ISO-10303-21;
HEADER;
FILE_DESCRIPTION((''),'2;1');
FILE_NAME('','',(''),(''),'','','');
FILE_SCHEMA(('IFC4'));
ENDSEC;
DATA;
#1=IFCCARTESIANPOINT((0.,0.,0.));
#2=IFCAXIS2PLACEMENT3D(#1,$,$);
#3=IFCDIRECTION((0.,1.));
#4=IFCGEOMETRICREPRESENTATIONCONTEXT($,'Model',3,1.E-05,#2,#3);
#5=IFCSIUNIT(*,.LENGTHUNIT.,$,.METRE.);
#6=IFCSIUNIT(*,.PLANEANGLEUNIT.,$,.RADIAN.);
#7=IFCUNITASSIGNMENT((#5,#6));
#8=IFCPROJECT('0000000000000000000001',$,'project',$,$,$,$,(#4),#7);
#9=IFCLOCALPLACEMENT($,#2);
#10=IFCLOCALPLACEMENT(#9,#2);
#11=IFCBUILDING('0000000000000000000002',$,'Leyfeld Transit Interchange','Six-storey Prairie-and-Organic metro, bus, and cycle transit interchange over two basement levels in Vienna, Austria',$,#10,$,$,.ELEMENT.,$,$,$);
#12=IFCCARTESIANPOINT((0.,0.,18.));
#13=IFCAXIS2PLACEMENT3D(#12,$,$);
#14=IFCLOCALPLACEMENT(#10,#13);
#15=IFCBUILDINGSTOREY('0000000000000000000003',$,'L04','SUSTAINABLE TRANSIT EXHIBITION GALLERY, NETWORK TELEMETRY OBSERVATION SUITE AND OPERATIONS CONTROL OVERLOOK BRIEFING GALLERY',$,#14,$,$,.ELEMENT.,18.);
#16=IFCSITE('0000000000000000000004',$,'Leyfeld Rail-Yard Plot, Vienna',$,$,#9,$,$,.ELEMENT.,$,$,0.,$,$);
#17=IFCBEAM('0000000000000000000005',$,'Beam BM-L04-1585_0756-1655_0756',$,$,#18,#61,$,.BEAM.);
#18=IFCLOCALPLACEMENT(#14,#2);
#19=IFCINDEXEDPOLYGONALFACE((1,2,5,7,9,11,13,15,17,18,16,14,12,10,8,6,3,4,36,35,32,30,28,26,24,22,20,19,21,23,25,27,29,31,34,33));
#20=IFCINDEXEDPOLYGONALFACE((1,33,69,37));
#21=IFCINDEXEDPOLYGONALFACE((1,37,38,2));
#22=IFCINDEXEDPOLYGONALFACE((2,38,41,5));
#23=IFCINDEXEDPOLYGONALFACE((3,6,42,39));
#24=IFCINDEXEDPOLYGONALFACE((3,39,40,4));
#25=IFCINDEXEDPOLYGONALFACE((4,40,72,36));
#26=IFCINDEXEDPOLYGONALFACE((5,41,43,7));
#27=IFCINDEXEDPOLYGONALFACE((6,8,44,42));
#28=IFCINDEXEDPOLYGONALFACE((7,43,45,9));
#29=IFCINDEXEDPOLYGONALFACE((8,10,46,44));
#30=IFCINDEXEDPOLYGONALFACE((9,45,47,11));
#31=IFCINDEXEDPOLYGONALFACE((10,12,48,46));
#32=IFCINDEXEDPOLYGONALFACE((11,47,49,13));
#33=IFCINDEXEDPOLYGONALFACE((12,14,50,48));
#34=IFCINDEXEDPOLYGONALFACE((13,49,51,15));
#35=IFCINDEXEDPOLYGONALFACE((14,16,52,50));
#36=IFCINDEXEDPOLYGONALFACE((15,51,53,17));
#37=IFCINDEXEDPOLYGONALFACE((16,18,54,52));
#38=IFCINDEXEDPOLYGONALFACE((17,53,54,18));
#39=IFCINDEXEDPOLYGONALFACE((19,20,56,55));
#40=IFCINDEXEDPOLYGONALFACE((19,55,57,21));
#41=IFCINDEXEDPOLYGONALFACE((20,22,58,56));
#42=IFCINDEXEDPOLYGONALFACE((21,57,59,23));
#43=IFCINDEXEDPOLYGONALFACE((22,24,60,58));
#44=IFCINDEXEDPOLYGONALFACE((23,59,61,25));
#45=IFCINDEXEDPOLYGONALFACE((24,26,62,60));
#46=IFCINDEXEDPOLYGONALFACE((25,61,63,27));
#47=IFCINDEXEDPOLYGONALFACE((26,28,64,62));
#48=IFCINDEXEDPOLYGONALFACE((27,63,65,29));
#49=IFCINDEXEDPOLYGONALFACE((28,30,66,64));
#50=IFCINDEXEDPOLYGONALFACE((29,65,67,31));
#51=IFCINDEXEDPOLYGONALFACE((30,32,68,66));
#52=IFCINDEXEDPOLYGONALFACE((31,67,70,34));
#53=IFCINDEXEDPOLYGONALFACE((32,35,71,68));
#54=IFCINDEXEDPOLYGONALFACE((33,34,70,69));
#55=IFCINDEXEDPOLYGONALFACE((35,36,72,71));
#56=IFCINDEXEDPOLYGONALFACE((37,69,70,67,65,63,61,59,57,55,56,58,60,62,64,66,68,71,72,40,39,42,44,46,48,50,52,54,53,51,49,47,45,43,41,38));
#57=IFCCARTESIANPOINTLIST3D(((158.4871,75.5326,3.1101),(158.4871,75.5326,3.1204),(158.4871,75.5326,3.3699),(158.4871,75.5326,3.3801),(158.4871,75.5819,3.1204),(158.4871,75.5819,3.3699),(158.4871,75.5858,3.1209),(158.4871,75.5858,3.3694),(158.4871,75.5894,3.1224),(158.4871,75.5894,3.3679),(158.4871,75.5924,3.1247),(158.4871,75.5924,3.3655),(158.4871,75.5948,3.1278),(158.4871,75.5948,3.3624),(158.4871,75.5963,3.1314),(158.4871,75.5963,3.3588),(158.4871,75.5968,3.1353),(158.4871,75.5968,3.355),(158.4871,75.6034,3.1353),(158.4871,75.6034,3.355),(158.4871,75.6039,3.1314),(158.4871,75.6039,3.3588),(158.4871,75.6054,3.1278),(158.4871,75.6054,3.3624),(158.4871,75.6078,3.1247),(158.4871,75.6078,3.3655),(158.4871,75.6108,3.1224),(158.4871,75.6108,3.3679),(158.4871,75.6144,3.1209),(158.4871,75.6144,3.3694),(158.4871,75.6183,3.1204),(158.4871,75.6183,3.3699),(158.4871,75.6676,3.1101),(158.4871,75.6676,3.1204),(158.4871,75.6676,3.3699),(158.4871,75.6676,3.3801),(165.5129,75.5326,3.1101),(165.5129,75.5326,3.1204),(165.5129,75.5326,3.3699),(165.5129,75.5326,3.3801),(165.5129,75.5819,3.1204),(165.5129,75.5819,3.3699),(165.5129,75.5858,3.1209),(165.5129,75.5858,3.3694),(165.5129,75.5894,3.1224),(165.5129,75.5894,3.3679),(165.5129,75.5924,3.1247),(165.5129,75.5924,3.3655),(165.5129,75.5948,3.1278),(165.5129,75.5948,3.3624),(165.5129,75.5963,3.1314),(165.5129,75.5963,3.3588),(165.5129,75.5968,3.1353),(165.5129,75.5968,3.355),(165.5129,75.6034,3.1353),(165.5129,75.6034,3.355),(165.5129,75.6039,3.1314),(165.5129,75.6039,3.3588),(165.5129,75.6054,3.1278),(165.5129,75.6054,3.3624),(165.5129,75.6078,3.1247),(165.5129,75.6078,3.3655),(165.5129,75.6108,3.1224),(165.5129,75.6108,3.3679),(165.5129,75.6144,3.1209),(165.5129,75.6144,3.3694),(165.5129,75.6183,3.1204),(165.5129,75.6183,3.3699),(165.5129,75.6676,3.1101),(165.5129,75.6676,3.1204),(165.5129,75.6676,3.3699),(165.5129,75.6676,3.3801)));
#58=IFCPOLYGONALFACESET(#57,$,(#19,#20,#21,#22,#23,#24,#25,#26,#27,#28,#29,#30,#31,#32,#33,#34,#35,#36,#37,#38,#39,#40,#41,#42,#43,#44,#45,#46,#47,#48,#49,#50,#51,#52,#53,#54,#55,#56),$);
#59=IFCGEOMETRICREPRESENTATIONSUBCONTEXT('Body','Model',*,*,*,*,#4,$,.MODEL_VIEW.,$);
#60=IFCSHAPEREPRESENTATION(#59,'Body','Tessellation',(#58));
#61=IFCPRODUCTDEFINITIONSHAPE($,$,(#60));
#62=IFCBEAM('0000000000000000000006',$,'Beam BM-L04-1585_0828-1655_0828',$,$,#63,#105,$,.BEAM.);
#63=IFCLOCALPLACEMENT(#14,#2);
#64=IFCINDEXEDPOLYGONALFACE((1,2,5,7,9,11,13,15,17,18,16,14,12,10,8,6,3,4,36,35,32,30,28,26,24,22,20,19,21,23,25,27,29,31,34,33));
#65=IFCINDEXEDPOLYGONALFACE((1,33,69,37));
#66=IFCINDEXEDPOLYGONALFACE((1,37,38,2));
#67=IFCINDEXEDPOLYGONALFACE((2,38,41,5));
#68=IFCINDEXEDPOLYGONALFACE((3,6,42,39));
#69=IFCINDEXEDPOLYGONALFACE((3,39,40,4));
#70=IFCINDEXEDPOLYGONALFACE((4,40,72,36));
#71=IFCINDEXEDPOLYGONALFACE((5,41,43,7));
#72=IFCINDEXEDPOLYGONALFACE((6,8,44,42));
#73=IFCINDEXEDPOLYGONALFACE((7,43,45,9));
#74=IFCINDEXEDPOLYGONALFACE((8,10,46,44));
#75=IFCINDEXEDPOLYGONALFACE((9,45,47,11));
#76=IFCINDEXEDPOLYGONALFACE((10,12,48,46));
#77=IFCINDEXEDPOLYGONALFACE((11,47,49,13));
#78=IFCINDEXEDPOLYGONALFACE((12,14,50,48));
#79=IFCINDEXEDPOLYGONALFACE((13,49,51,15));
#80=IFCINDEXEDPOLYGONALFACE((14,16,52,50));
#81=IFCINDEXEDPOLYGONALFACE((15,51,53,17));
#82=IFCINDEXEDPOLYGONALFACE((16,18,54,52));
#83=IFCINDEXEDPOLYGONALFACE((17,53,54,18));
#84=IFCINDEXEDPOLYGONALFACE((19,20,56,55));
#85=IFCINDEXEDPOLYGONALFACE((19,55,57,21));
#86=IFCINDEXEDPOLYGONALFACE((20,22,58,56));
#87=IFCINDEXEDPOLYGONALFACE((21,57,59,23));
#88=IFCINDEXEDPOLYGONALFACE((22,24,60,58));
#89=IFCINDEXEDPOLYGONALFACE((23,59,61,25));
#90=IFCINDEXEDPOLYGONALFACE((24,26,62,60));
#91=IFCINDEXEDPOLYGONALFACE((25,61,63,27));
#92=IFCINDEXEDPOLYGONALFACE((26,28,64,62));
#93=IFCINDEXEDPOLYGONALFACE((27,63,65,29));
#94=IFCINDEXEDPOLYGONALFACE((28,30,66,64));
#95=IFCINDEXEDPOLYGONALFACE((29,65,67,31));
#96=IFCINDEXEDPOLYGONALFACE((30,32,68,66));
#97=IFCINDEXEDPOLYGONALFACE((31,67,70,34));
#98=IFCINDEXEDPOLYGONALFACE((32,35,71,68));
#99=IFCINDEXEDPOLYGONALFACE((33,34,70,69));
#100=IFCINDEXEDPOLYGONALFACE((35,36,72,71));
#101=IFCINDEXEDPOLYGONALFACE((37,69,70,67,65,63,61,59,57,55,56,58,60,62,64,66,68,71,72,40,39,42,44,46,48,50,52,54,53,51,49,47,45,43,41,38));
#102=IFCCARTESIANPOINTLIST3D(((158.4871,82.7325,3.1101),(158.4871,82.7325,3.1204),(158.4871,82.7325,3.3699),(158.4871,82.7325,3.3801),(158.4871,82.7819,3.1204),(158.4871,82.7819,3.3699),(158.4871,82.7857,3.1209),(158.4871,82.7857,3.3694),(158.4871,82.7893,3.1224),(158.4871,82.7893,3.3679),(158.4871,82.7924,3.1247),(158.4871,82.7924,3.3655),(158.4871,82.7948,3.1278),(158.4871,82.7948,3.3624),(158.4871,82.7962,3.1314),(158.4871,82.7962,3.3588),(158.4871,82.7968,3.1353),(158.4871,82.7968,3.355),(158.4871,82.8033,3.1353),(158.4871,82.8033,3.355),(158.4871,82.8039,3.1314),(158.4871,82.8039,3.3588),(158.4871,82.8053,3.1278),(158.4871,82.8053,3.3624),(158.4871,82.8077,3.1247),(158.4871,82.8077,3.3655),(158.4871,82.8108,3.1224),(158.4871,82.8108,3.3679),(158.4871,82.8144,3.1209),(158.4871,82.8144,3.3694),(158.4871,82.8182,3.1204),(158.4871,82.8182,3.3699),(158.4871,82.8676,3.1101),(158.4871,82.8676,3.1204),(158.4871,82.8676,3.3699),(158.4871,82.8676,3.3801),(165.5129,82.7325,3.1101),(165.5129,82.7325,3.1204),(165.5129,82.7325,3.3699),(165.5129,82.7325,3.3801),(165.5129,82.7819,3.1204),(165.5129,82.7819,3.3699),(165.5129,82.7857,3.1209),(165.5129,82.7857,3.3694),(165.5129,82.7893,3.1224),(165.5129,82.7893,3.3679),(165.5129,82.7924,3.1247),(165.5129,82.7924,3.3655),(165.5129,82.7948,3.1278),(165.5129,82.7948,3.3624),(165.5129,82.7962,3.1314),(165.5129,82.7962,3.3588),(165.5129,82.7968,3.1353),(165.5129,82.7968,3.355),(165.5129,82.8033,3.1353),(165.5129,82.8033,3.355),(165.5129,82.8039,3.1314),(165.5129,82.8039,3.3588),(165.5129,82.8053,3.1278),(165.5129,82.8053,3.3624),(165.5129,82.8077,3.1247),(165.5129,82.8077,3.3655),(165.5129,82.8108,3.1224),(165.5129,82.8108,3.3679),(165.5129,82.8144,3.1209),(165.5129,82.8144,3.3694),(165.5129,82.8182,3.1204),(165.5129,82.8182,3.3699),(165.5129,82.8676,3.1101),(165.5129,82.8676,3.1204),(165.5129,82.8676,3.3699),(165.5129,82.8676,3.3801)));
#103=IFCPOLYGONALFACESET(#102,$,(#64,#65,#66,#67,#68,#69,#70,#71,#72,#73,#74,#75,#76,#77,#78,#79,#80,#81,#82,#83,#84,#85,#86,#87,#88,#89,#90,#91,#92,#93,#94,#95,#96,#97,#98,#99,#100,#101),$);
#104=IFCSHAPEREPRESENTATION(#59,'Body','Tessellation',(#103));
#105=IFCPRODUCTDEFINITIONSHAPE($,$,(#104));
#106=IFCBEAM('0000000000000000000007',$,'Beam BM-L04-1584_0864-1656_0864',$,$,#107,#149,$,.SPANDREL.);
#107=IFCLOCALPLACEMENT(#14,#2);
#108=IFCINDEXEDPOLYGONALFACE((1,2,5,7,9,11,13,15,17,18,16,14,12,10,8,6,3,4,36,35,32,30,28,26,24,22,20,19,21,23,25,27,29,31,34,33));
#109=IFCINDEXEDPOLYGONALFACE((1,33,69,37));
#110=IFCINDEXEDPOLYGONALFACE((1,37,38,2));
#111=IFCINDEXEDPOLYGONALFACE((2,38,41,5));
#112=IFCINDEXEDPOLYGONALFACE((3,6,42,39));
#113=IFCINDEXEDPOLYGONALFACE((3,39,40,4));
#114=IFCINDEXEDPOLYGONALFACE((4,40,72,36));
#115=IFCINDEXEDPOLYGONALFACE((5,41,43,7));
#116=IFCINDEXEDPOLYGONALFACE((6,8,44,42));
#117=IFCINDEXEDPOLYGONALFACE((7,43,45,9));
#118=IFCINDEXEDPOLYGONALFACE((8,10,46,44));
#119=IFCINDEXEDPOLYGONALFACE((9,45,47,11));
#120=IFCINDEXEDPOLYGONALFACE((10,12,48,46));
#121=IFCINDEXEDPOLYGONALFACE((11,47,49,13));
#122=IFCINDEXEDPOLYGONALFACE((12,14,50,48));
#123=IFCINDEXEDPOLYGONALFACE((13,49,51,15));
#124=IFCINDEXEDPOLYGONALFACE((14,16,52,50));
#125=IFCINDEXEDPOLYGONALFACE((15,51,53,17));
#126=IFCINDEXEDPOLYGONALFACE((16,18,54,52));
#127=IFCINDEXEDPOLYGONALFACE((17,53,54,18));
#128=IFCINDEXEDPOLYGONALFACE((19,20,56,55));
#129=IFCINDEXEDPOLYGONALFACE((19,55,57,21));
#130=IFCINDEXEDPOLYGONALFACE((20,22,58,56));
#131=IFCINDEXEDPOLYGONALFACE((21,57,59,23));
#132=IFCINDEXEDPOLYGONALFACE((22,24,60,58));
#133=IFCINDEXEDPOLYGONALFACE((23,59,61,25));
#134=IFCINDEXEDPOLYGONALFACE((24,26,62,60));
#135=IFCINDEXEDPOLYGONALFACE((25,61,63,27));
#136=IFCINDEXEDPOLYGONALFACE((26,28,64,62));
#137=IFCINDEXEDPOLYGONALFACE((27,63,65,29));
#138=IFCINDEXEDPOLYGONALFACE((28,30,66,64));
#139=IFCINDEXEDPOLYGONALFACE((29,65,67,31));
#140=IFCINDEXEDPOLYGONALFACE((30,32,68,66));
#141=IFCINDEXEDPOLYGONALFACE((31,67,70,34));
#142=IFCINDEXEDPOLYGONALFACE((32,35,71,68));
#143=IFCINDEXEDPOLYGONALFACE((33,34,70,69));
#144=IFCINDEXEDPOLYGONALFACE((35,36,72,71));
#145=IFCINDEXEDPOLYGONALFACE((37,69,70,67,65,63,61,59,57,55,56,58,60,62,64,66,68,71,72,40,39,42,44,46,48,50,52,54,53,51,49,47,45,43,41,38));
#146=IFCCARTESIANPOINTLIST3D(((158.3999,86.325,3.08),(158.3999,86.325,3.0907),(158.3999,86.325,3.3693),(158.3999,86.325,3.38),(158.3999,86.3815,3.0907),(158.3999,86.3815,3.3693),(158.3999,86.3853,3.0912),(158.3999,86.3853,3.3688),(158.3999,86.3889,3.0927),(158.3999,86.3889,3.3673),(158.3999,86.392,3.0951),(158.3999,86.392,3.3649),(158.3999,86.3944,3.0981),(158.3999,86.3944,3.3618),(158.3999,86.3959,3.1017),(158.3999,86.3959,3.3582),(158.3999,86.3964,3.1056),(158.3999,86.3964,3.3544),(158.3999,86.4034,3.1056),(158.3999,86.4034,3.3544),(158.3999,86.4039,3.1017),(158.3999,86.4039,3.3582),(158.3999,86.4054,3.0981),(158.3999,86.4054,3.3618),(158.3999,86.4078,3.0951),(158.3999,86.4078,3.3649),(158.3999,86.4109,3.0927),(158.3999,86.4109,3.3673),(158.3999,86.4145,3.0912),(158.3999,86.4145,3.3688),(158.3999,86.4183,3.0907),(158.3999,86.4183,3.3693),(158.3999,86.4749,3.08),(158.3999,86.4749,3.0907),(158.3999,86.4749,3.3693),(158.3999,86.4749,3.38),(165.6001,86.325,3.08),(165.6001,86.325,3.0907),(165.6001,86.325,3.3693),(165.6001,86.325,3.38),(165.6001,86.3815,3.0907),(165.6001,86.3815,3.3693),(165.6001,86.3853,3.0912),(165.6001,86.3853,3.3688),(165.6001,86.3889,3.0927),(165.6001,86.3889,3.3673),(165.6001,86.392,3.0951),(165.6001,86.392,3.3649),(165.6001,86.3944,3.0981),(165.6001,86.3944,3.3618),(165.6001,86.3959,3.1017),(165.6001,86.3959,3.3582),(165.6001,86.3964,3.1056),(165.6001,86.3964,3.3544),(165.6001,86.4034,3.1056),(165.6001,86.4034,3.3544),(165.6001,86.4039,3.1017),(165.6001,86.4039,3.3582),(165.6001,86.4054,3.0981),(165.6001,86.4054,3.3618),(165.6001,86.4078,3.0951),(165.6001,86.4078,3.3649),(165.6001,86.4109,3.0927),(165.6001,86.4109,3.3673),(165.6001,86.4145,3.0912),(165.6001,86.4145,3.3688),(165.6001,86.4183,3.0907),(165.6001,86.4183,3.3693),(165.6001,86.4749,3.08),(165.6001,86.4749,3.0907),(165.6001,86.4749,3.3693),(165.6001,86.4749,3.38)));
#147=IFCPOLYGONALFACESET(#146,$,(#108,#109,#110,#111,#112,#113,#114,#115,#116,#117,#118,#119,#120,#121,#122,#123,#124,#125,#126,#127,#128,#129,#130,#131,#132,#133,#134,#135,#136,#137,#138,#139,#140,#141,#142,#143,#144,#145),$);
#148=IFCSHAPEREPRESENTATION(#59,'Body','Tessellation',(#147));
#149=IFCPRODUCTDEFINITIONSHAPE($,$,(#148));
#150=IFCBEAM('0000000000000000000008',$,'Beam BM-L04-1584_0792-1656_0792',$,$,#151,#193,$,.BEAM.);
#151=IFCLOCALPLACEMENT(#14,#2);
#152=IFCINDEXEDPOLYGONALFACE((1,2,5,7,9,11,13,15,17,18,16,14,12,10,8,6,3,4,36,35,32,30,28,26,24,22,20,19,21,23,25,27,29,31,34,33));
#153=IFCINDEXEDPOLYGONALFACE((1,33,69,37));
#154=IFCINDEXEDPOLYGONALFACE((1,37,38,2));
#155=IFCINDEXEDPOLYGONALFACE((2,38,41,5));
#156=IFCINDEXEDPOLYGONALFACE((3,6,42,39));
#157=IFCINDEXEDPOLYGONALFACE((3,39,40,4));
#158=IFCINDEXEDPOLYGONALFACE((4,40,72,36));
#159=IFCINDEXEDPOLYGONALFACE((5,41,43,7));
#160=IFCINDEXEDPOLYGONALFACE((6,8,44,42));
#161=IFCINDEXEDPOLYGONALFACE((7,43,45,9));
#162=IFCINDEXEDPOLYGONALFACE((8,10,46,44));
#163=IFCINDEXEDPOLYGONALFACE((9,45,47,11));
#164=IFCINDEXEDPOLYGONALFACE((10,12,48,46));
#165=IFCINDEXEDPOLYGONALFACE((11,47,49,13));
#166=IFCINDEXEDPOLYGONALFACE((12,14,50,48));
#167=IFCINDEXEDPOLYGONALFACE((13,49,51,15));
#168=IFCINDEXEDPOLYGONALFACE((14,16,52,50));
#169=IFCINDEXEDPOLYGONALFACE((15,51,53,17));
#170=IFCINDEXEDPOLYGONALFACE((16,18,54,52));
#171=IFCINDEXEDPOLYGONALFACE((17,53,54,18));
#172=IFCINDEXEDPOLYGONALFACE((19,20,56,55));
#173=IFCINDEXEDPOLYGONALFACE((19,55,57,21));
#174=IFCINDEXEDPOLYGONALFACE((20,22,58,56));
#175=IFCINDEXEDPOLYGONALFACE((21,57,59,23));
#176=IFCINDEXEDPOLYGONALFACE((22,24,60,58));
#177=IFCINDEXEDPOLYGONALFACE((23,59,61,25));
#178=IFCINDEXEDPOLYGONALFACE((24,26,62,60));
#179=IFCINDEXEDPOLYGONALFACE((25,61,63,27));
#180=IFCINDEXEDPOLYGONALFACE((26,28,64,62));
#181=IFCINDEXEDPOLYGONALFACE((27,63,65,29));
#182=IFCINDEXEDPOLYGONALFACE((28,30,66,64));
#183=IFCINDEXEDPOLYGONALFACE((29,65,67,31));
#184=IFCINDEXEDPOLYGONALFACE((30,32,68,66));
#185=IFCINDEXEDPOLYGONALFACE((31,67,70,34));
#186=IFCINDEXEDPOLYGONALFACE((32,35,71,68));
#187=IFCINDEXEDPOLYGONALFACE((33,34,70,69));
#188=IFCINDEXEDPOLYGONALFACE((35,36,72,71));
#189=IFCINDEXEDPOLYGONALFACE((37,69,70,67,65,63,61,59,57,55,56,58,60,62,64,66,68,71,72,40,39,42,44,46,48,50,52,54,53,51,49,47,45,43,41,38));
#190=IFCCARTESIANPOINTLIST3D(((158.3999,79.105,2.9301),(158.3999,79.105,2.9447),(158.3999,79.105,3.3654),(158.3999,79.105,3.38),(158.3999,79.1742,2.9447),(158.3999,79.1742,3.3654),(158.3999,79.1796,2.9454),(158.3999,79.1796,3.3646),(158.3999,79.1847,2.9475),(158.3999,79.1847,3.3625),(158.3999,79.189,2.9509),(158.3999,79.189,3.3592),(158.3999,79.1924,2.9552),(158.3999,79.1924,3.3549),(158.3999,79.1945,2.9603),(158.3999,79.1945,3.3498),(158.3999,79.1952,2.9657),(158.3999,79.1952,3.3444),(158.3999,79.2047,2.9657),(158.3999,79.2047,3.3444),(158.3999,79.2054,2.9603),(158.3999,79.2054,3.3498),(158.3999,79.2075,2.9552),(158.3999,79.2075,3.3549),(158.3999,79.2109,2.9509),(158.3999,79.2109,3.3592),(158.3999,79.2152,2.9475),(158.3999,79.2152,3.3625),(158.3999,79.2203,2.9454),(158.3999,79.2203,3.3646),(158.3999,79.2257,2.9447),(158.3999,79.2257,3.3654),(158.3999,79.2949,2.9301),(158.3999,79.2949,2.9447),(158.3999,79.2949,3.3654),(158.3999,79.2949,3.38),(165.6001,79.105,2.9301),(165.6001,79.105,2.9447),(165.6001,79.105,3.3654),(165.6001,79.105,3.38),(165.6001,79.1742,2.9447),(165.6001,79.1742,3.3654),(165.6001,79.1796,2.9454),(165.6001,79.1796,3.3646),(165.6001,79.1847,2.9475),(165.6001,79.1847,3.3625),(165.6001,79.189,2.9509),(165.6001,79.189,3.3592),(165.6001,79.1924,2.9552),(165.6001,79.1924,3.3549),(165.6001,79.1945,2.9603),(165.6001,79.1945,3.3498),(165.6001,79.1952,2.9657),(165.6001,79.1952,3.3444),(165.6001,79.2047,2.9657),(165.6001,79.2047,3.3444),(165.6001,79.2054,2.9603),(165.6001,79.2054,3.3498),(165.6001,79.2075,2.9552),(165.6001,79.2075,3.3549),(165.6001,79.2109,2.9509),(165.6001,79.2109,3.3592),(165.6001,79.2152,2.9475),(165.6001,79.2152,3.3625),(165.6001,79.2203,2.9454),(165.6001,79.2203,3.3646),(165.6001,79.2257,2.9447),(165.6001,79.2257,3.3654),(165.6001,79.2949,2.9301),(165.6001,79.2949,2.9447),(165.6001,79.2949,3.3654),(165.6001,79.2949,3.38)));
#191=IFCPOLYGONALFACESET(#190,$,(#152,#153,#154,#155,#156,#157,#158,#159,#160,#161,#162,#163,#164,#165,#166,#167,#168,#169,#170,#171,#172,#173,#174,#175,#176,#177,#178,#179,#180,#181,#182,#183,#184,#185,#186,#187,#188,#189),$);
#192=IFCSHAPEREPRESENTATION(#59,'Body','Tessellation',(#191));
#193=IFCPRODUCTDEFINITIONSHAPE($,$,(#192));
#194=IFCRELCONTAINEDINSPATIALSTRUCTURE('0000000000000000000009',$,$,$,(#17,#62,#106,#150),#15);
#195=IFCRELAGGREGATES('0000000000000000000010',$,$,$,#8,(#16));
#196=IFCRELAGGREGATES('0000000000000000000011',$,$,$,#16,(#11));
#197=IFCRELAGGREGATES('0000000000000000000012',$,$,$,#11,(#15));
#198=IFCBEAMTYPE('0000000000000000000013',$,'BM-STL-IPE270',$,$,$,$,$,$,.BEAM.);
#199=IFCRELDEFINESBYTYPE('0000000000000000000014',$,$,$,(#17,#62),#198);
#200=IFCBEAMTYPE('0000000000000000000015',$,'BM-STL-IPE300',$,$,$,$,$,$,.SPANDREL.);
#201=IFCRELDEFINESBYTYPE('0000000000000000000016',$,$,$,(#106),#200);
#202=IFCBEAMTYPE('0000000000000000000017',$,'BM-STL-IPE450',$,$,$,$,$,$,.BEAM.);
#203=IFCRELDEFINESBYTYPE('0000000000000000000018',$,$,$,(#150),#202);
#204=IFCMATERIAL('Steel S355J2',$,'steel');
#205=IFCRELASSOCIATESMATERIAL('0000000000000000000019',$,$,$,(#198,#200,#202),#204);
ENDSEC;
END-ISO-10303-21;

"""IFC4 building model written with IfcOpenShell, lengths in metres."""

from ifc_helpers import new_model, si_unit, direction, frame, origin, origin_2d, place, context, subcontext, project, spatial, i_section, extrude, material, material_profile, profile_set, type_object, element, save


model = new_model("IFC4")

# Units and contexts
model_context = context("Model", 3, precision=1e-05, world=origin(), true_north=direction((0.0, 1.0)))
body_context = subcontext(model_context, "Body", "Model", "MODEL_VIEW")
ifc_project = project(units=[si_unit("LENGTHUNIT", "METRE"), si_unit("PLANEANGLEUNIT", "RADIAN")], contexts=[model_context])

# Site, building, storey
site_placement = place(None, origin())
site = spatial("IfcSite", under=ifc_project, at=site_placement, Name="Leyfeld Rail-Yard Plot, Vienna", CompositionType="ELEMENT", RefElevation=0.0)
building_placement = place(site_placement, origin())
building = spatial("IfcBuilding", under=site, at=building_placement, Name="Leyfeld Transit Interchange", Description="Six-storey Prairie-and-Organic metro, bus, and cycle transit interchange over two basement levels in Vienna, Austria", CompositionType="ELEMENT")
storey_placement = place(building_placement, frame((0.0, 0.0, 18.0)))
storey = spatial("IfcBuildingStorey", under=building, at=storey_placement, Name="L04", Description="SUSTAINABLE TRANSIT EXHIBITION GALLERY, NETWORK TELEMETRY OBSERVATION SUITE AND OPERATIONS CONTROL OVERLOOK BRIEFING GALLERY", CompositionType="ELEMENT", Elevation=18.0)

# Beams
ifc_material_1 = material(Name="Steel S355J2", Category="steel")
ifc_material_profile_1 = material_profile(ifc_material_1, i_section(OverallWidth=0.135, OverallDepth=0.27, WebThickness=0.0066, FlangeThickness=0.0103, FilletRadius=0.0149, at=origin_2d()), Name="IPE 270")
ifc_profile_set_1 = profile_set([ifc_material_profile_1], Name="Steel S355J2")
beam_type_1 = type_object("IfcBeamType", Name="BM-STL-IPE270", PredefinedType="BEAM", material=ifc_profile_set_1)
for number, where, z_axis, x_axis, name in (
    (1, (158.4871, 75.6001, 3.2451), (1.0, 0.0, 0.0), (0.0, 1.0, 0.0), "Beam BM-L04-1585_0756-1655_0756"),
    (2, (158.4871, 82.8, 3.2451), (1.0, 0.0, 0.0), (0.0, 1.0, 0.0), "Beam BM-L04-1585_0828-1655_0828"),
):
    element("IfcBeam", number, at=place(storey_placement, frame(where, z_axis=z_axis, x_axis=x_axis)), inside=storey, type_object=beam_type_1, Name=name, PredefinedType="BEAM", context=body_context, shape_type="SweptSolid", body=[
        extrude(i_section(OverallWidth=0.135, OverallDepth=0.27, WebThickness=0.0066, FlangeThickness=0.0103, FilletRadius=0.0149, at=origin_2d()), origin(), (0.0, 0.0, 1.0), 7.0259),
    ])
ifc_material_profile_2 = material_profile(ifc_material_1, i_section(OverallWidth=0.1499, OverallDepth=0.3, WebThickness=0.0071, FlangeThickness=0.0107, FilletRadius=0.0149, at=origin_2d()), Name="IPE 300")
ifc_profile_set_2 = profile_set([ifc_material_profile_2], Name="Steel S355J2")
beam_type_2 = type_object("IfcBeamType", Name="BM-STL-IPE300", PredefinedType="SPANDREL", material=ifc_profile_set_2)
beam_1_placement = place(storey_placement, frame((158.3999, 86.3999, 3.23), z_axis=(1.0, 0.0, 0.0), x_axis=(0.0, 1.0, 0.0)))
element("IfcBeam", 3, at=beam_1_placement, inside=storey, type_object=beam_type_2, Name="Beam BM-L04-1584_0864-1656_0864", PredefinedType="SPANDREL", context=body_context, shape_type="SweptSolid", body=[
    extrude(i_section(OverallWidth=0.1499, OverallDepth=0.3, WebThickness=0.0071, FlangeThickness=0.0107, FilletRadius=0.0149, at=origin_2d()), origin(), (0.0, 0.0, 1.0), 7.2002),
])
ifc_material_profile_3 = material_profile(ifc_material_1, i_section(OverallWidth=0.1899, OverallDepth=0.45, WebThickness=0.0095, FlangeThickness=0.0146, FilletRadius=0.021, at=origin_2d()), Name="IPE 450")
ifc_profile_set_3 = profile_set([ifc_material_profile_3], Name="Steel S355J2")
beam_type_3 = type_object("IfcBeamType", Name="BM-STL-IPE450", PredefinedType="BEAM", material=ifc_profile_set_3)
beam_2_placement = place(storey_placement, frame((158.3999, 79.2, 3.155), z_axis=(1.0, 0.0, 0.0), x_axis=(0.0, 1.0, 0.0)))
element("IfcBeam", 4, at=beam_2_placement, inside=storey, type_object=beam_type_3, Name="Beam BM-L04-1584_0792-1656_0792", PredefinedType="BEAM", context=body_context, shape_type="SweptSolid", body=[
    extrude(i_section(OverallWidth=0.1899, OverallDepth=0.45, WebThickness=0.0095, FlangeThickness=0.0146, FilletRadius=0.021, at=origin_2d()), origin(), (0.0, 0.0, 1.0), 7.2002),
])

save(model, "model.ifc")
